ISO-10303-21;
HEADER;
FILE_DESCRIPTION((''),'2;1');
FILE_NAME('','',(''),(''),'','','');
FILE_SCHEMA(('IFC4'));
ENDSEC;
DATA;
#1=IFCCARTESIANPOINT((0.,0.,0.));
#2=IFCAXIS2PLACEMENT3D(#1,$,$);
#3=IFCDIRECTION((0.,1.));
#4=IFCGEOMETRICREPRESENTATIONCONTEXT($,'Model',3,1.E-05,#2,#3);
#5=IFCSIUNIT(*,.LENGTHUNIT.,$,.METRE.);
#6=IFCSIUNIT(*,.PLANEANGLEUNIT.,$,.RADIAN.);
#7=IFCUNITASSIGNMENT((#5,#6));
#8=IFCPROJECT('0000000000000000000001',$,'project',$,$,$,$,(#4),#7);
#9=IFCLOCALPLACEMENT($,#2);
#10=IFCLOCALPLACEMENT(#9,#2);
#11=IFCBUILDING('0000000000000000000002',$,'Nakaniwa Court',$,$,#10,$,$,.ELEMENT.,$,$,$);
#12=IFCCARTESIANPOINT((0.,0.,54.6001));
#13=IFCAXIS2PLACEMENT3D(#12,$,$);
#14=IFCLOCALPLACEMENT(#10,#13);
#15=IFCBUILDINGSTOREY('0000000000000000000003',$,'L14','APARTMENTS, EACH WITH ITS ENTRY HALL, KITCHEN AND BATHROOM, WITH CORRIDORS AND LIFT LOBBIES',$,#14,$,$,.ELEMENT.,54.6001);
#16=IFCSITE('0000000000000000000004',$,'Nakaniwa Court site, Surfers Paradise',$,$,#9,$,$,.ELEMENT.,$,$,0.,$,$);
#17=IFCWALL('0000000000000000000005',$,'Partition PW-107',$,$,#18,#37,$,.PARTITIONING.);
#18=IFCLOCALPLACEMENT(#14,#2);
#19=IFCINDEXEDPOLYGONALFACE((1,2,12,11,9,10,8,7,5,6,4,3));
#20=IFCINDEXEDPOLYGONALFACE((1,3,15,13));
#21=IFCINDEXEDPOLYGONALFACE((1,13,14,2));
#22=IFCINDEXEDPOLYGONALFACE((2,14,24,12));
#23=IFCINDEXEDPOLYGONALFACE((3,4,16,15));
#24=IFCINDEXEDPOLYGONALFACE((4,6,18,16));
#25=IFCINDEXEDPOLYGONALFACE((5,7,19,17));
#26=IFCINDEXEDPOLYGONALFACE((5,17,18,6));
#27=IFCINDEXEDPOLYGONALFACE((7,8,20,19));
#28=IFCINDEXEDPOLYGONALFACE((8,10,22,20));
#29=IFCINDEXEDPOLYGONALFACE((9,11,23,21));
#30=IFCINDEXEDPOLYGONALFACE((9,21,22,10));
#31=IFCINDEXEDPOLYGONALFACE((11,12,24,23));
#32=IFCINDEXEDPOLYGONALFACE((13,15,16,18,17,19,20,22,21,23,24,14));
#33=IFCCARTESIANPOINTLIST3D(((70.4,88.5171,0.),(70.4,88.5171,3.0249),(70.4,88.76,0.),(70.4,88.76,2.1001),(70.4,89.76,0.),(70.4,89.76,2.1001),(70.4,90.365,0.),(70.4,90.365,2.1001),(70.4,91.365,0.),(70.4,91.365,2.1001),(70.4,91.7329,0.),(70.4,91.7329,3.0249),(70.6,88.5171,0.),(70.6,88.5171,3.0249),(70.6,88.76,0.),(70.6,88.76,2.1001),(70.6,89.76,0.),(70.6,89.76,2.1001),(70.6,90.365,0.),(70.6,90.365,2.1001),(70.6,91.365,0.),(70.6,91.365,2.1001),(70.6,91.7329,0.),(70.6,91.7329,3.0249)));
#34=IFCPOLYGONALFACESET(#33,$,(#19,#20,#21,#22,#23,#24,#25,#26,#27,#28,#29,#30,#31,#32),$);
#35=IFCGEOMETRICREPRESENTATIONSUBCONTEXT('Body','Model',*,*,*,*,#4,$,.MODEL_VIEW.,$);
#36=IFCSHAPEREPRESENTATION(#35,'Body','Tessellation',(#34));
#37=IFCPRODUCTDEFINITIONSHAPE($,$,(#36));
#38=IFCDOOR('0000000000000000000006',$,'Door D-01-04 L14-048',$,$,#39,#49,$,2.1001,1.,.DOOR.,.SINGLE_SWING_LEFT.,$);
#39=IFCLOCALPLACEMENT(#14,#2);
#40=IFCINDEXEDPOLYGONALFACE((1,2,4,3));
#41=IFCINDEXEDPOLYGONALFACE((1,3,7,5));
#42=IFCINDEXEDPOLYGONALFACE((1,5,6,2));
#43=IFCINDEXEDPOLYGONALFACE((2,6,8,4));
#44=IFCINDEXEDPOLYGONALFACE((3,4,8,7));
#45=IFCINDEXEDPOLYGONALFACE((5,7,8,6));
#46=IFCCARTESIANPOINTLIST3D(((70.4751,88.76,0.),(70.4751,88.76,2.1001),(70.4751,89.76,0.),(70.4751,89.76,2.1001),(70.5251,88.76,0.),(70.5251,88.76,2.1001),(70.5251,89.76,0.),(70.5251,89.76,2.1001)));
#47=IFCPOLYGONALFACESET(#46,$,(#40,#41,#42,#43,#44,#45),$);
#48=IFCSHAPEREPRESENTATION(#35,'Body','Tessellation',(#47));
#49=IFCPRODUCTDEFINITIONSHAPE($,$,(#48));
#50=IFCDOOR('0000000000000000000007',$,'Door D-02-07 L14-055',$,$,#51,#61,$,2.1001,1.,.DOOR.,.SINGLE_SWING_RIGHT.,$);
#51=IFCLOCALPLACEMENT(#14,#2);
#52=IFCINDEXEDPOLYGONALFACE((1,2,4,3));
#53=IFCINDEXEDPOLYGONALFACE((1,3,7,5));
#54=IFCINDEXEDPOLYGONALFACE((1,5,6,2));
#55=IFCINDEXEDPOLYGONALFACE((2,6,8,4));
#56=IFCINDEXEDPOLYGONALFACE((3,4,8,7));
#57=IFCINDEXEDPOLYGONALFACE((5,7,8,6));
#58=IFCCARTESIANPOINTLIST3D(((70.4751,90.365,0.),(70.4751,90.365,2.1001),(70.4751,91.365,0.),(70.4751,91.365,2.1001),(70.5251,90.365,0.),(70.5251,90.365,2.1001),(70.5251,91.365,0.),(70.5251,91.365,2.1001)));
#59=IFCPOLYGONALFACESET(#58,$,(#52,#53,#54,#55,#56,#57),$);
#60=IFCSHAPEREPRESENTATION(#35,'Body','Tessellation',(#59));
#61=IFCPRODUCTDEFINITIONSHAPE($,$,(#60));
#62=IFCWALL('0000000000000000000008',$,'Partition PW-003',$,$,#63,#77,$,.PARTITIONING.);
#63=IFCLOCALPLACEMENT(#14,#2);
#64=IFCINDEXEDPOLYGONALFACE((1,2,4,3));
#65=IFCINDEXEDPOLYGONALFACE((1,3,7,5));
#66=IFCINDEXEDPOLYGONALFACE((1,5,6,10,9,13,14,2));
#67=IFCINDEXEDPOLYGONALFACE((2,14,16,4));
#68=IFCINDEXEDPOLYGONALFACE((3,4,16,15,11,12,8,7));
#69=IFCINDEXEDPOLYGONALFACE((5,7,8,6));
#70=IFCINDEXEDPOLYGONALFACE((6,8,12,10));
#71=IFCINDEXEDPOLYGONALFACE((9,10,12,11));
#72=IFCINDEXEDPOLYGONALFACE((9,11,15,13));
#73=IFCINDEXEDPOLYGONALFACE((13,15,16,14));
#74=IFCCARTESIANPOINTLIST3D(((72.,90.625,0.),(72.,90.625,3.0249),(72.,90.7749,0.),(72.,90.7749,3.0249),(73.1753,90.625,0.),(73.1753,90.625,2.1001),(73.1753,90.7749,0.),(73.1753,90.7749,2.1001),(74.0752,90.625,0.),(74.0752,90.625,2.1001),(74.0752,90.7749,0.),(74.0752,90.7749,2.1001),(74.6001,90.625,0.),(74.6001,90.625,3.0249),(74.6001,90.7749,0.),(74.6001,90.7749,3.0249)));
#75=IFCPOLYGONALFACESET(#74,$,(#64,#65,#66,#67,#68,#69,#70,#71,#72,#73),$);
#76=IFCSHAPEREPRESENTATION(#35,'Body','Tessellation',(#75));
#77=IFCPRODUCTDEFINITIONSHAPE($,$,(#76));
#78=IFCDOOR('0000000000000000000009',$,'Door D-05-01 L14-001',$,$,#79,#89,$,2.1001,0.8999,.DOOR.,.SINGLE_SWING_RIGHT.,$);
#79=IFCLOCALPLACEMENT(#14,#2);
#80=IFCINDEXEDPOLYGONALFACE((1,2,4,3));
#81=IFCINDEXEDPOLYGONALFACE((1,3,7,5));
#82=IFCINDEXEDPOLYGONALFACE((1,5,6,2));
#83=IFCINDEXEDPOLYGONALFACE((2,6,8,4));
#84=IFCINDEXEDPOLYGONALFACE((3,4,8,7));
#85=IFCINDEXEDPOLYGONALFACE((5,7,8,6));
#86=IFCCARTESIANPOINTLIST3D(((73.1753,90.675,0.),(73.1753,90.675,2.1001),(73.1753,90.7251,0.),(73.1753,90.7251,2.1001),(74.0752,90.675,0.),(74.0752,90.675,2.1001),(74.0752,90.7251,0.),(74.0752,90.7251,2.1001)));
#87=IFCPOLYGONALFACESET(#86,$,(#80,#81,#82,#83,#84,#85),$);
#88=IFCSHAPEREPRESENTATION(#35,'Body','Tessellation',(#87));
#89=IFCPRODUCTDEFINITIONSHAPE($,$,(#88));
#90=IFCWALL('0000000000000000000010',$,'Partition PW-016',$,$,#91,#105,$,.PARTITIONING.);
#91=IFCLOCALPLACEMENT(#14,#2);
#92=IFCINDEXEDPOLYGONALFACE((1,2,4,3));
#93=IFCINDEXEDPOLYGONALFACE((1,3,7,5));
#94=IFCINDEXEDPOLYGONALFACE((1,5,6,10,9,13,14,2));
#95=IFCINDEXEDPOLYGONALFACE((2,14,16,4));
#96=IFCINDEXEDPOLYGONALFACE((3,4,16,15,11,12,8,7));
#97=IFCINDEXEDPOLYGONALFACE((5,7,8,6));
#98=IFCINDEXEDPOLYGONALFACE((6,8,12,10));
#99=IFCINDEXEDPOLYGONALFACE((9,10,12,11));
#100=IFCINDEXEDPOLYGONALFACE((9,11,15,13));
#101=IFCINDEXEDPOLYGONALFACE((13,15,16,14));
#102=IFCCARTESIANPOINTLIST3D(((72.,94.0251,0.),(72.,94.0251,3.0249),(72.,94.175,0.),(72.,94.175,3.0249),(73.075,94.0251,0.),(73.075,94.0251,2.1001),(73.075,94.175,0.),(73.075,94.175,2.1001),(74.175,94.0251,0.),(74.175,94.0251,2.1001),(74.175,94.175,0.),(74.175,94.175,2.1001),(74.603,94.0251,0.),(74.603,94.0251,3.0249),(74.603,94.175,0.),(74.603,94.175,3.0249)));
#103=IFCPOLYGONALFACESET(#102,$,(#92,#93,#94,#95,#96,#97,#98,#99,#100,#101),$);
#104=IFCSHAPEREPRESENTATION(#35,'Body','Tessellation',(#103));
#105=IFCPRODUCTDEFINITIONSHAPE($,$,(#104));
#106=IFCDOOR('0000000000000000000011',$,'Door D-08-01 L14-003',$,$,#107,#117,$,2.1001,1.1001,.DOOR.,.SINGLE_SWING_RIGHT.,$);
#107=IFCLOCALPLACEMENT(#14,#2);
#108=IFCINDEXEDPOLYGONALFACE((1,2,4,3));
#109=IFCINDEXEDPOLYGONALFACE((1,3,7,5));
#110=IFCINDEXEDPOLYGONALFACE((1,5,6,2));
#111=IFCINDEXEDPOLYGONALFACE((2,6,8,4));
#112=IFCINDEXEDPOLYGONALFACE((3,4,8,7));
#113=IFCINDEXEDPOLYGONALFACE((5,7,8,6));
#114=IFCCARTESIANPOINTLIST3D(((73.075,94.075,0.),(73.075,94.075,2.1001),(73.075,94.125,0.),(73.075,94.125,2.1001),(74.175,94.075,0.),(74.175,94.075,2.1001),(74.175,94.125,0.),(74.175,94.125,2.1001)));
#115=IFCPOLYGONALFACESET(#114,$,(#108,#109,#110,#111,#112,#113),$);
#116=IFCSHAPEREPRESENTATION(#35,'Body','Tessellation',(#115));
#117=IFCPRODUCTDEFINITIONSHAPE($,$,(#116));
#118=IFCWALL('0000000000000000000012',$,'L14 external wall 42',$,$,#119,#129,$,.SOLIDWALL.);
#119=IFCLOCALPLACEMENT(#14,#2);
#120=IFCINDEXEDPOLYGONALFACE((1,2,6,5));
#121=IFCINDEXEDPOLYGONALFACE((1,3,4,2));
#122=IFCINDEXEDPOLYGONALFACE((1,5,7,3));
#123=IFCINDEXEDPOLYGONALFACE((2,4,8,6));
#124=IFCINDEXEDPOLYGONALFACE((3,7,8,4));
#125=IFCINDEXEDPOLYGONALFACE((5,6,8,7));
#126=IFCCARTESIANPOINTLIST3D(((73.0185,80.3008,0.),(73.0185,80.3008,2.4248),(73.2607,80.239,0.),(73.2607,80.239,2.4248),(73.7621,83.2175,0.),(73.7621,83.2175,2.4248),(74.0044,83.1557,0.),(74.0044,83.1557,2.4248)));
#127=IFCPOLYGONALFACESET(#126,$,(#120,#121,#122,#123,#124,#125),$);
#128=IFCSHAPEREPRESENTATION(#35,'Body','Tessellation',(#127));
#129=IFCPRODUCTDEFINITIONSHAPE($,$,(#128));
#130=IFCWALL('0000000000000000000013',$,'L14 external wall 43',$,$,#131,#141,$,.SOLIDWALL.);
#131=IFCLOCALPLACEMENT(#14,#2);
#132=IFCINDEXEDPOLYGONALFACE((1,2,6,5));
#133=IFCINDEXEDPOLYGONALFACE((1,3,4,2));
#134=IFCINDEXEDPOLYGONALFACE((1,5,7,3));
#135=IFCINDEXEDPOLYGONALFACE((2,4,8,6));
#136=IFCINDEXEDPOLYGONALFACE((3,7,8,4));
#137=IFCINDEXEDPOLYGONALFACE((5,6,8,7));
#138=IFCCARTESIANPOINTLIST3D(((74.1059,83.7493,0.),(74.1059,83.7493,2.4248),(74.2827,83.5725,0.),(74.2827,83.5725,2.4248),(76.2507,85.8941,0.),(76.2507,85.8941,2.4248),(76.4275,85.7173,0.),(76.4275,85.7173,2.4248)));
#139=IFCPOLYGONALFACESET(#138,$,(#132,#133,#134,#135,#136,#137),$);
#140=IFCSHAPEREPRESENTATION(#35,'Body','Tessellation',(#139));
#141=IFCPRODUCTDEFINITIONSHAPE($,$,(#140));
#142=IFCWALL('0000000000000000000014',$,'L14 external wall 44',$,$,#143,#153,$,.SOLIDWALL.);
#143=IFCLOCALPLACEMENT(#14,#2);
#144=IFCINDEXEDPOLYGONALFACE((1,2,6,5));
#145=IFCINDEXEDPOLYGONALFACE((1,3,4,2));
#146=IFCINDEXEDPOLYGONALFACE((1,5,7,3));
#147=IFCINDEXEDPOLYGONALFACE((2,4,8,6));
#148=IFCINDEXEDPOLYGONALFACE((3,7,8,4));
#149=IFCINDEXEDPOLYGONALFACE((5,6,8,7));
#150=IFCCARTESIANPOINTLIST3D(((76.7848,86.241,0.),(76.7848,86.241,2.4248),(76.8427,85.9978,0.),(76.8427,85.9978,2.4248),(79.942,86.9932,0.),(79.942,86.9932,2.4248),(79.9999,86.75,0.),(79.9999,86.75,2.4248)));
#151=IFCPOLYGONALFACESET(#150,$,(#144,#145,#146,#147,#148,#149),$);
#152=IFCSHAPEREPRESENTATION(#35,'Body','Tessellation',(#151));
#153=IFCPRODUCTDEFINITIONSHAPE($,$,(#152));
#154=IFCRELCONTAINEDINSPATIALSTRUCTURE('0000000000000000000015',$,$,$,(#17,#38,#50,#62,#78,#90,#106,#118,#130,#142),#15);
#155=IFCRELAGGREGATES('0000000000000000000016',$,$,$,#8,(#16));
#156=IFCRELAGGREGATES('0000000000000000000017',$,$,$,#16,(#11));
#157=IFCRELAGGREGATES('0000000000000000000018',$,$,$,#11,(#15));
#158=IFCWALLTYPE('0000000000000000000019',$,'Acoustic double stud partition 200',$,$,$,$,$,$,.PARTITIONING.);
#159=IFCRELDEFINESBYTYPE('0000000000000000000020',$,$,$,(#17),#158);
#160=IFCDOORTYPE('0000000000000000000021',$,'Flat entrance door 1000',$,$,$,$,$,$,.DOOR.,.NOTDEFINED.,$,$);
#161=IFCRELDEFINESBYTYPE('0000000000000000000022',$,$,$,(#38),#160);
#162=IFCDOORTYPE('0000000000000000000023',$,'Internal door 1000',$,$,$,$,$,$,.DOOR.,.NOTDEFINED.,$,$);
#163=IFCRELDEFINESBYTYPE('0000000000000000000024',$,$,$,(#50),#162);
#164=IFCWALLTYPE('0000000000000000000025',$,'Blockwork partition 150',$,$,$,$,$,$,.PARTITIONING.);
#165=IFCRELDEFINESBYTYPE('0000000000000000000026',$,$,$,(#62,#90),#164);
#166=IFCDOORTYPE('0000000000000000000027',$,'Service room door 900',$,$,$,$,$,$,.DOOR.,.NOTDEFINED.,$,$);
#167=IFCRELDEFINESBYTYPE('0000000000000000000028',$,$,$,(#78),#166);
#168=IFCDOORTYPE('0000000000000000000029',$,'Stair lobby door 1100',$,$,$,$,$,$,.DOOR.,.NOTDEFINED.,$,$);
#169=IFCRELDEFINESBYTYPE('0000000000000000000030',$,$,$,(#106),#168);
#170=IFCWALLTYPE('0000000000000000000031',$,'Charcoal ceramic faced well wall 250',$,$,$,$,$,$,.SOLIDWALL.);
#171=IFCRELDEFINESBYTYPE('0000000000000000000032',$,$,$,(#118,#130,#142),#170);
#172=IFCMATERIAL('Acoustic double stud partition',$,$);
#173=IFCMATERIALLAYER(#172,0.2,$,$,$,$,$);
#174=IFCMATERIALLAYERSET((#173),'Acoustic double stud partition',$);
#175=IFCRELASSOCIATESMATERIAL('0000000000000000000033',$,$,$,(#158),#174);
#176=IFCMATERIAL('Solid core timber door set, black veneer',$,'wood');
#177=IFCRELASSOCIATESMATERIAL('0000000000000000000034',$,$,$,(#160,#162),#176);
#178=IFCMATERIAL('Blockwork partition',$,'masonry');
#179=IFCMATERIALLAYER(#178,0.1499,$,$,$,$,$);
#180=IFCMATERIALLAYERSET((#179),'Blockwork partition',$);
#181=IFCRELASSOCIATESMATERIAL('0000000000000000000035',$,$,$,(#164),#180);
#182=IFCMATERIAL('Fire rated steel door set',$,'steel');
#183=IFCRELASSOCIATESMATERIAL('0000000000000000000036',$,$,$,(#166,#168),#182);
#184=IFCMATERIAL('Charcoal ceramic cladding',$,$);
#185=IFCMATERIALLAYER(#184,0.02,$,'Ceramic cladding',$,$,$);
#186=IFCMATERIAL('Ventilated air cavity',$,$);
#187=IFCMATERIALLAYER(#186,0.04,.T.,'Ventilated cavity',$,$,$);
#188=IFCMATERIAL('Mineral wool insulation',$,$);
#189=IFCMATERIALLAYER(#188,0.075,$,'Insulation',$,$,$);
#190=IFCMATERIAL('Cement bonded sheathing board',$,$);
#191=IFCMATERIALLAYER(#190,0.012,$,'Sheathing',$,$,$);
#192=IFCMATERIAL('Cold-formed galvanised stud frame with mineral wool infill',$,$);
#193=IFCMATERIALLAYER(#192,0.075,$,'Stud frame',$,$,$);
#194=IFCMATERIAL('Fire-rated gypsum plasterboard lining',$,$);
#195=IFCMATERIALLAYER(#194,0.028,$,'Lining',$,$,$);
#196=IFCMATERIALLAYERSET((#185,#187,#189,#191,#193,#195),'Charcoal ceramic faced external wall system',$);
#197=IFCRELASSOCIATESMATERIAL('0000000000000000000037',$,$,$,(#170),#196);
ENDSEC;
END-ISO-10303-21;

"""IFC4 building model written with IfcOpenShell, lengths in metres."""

from ifc_helpers import new_model, si_unit, direction, frame, frame_2d, origin, place, context, subcontext, project, spatial, rectangle, extrude, material, layer, layer_set, type_object, element, fill, save


model = new_model("IFC4")

# Units and contexts
model_context = context("Model", 3, precision=1e-05, world=origin(), true_north=direction((0.0, 1.0)))
body_context = subcontext(model_context, "Body", "Model", "MODEL_VIEW")
ifc_project = project(units=[si_unit("LENGTHUNIT", "METRE"), si_unit("PLANEANGLEUNIT", "RADIAN")], contexts=[model_context])

# Site, building, storey
site_placement = place(None, origin())
site = spatial("IfcSite", under=ifc_project, at=site_placement, Name="Nakaniwa Court site, Surfers Paradise", CompositionType="ELEMENT", RefElevation=0.0)
building_placement = place(site_placement, origin())
building = spatial("IfcBuilding", under=site, at=building_placement, Name="Nakaniwa Court", CompositionType="ELEMENT")
storey_placement = place(building_placement, frame((0.0, 0.0, 54.6001)))
storey = spatial("IfcBuildingStorey", under=building, at=storey_placement, Name="L14", Description="APARTMENTS, EACH WITH ITS ENTRY HALL, KITCHEN AND BATHROOM, WITH CORRIDORS AND LIFT LOBBIES", CompositionType="ELEMENT", Elevation=54.6001)

# Shared definitions
ifc_material_1 = material(Name="Acoustic double stud partition")
ifc_layer_1 = layer(ifc_material_1, 0.2)
ifc_layer_set_1 = layer_set([ifc_layer_1], Name="Acoustic double stud partition")
wall_type_1 = type_object("IfcWallType", Name="Acoustic double stud partition 200", PredefinedType="PARTITIONING", material=ifc_layer_set_1)

# Wall, openings, doors
wall_1_placement = place(storey_placement, frame((70.5, 88.5171, 0.0), z_axis=(0.0, 0.0, 1.0), x_axis=(0.0, 1.0, 0.0)))
wall_1 = element("IfcWall", 1, at=wall_1_placement, inside=storey, type_object=wall_type_1, Name="Partition PW-107", PredefinedType="PARTITIONING", context=body_context, shape_type="SweptSolid", body=[
    extrude(rectangle(XDim=3.2158, YDim=0.2, at=frame_2d((1.6079, 0.0))), origin(), (0.0, 0.0, 1.0), 3.0249),
])
opening_1_placement = place(wall_1_placement, frame((0.2429, 0.0, 0.0)))
opening_1 = element("IfcOpeningElement", 2, at=opening_1_placement, cuts=wall_1, PredefinedType="OPENING", context=body_context, shape_type="SweptSolid", body=[
    extrude(rectangle(XDim=1.0, YDim=2.1001, at=frame_2d((0.5, 1.05))), frame((0.0, 0.1099, 0.0), z_axis=(0.0, -1.0, 0.0), x_axis=(1.0, 0.0, 0.0)), (0.0, 0.0, 1.0), 0.22),
])
opening_2_placement = place(wall_1_placement, frame((1.8479, 0.0, 0.0)))
opening_2 = element("IfcOpeningElement", 3, at=opening_2_placement, cuts=wall_1, PredefinedType="OPENING", context=body_context, shape_type="SweptSolid", body=[
    extrude(rectangle(XDim=1.0, YDim=2.1001, at=frame_2d((0.5, 1.05))), frame((0.0, 0.1099, 0.0), z_axis=(0.0, -1.0, 0.0), x_axis=(1.0, 0.0, 0.0)), (0.0, 0.0, 1.0), 0.22),
])
ifc_material_2 = material(Name="Solid core timber door set, black veneer", Category="wood")
door_type_1 = type_object("IfcDoorType", Name="Flat entrance door 1000", OperationType="NOTDEFINED", PredefinedType="DOOR", material=ifc_material_2)
door_1_placement = place(opening_1_placement, origin())
door_1 = element("IfcDoor", 4, at=door_1_placement, inside=storey, type_object=door_type_1, Name="Door D-01-04 L14-048", OperationType="SINGLE_SWING_LEFT", OverallHeight=2.1001, OverallWidth=1.0, PredefinedType="DOOR", context=body_context, shape_type="SweptSolid", body=[
    extrude(rectangle(XDim=1.0, YDim=2.1001, at=frame_2d((0.5, 1.05))), frame((0.0, 0.0249, 0.0), z_axis=(0.0, -1.0, 0.0), x_axis=(1.0, 0.0, 0.0)), (0.0, 0.0, 1.0), 0.05),
])
fill(opening_1, door_1)
door_type_2 = type_object("IfcDoorType", Name="Internal door 1000", OperationType="NOTDEFINED", PredefinedType="DOOR", material=ifc_material_2)
door_2_placement = place(opening_2_placement, origin())
door_2 = element("IfcDoor", 5, at=door_2_placement, inside=storey, type_object=door_type_2, Name="Door D-02-07 L14-055", OperationType="SINGLE_SWING_RIGHT", OverallHeight=2.1001, OverallWidth=1.0, PredefinedType="DOOR", context=body_context, shape_type="SweptSolid", body=[
    extrude(rectangle(XDim=1.0, YDim=2.1001, at=frame_2d((0.5, 1.05))), frame((0.0, 0.0249, 0.0), z_axis=(0.0, -1.0, 0.0), x_axis=(1.0, 0.0, 0.0)), (0.0, 0.0, 1.0), 0.05),
])
fill(opening_2, door_2)

# Walls, openings, doors
ifc_material_3 = material(Name="Blockwork partition", Category="masonry")
ifc_layer_2 = layer(ifc_material_3, 0.1499)
ifc_layer_set_2 = layer_set([ifc_layer_2], Name="Blockwork partition")
wall_type_2 = type_object("IfcWallType", Name="Blockwork partition 150", PredefinedType="PARTITIONING", material=ifc_layer_set_2)
wall_2_placement = place(storey_placement, frame((74.6001, 90.7, 0.0), z_axis=(0.0, 0.0, 1.0), x_axis=(-1.0, 0.0, 0.0)))
wall_2 = element("IfcWall", 6, at=wall_2_placement, inside=storey, type_object=wall_type_2, Name="Partition PW-003", PredefinedType="PARTITIONING", context=body_context, shape_type="SweptSolid", body=[
    extrude(rectangle(XDim=2.6001, YDim=0.1499, at=frame_2d((1.3, 0.0))), origin(), (0.0, 0.0, 1.0), 3.0249),
])
opening_3_placement = place(wall_2_placement, frame((0.5249, 0.0, 0.0)))
opening_3 = element("IfcOpeningElement", 7, at=opening_3_placement, cuts=wall_2, PredefinedType="OPENING", context=body_context, shape_type="SweptSolid", body=[
    extrude(rectangle(XDim=0.8999, YDim=2.1001, at=frame_2d((0.45, 1.05))), frame((0.0, 0.085, 0.0), z_axis=(0.0, -1.0, 0.0), x_axis=(1.0, 0.0, 0.0)), (0.0, 0.0, 1.0), 0.1699),
])
ifc_material_4 = material(Name="Fire rated steel door set", Category="steel")
door_type_3 = type_object("IfcDoorType", Name="Service room door 900", OperationType="NOTDEFINED", PredefinedType="DOOR", material=ifc_material_4)
door_3_placement = place(opening_3_placement, origin())
door_3 = element("IfcDoor", 8, at=door_3_placement, inside=storey, type_object=door_type_3, Name="Door D-05-01 L14-001", OperationType="SINGLE_SWING_RIGHT", OverallHeight=2.1001, OverallWidth=0.8999, PredefinedType="DOOR", context=body_context, shape_type="SweptSolid", body=[
    extrude(rectangle(XDim=0.8999, YDim=2.1001, at=frame_2d((0.45, 1.05))), frame((0.0, 0.0249, 0.0), z_axis=(0.0, -1.0, 0.0), x_axis=(1.0, 0.0, 0.0)), (0.0, 0.0, 1.0), 0.05),
])
fill(opening_3, door_3)
wall_3_placement = place(storey_placement, frame((72.0, 94.1001, 0.0), z_axis=(0.0, 0.0, 1.0), x_axis=(1.0, 0.0, 0.0)))
wall_3 = element("IfcWall", 9, at=wall_3_placement, inside=storey, type_object=wall_type_2, Name="Partition PW-016", PredefinedType="PARTITIONING", context=body_context, shape_type="SweptSolid", body=[
    extrude(rectangle(XDim=2.603, YDim=0.1499, at=frame_2d((1.3015, 0.0))), origin(), (0.0, 0.0, 1.0), 3.0249),
])
opening_4_placement = place(wall_3_placement, frame((1.075, 0.0, 0.0)))
opening_4 = element("IfcOpeningElement", 10, at=opening_4_placement, cuts=wall_3, PredefinedType="OPENING", context=body_context, shape_type="SweptSolid", body=[
    extrude(rectangle(XDim=1.1001, YDim=2.1001, at=frame_2d((0.55, 1.05))), frame((0.0, 0.085, 0.0), z_axis=(0.0, -1.0, 0.0), x_axis=(1.0, 0.0, 0.0)), (0.0, 0.0, 1.0), 0.1699),
])
door_type_4 = type_object("IfcDoorType", Name="Stair lobby door 1100", OperationType="NOTDEFINED", PredefinedType="DOOR", material=ifc_material_4)
door_4_placement = place(opening_4_placement, origin())
door_4 = element("IfcDoor", 11, at=door_4_placement, inside=storey, type_object=door_type_4, Name="Door D-08-01 L14-003", OperationType="SINGLE_SWING_RIGHT", OverallHeight=2.1001, OverallWidth=1.1001, PredefinedType="DOOR", context=body_context, shape_type="SweptSolid", body=[
    extrude(rectangle(XDim=1.1001, YDim=2.1001, at=frame_2d((0.55, 1.05))), frame((0.0, 0.0249, 0.0), z_axis=(0.0, -1.0, 0.0), x_axis=(1.0, 0.0, 0.0)), (0.0, 0.0, 1.0), 0.05),
])
fill(opening_4, door_4)

# Walls
ifc_material_5 = material(Name="Charcoal ceramic cladding")
ifc_layer_3 = layer(ifc_material_5, 0.02, Name="Ceramic cladding")
ifc_material_6 = material(Name="Ventilated air cavity")
ifc_layer_4 = layer(ifc_material_6, 0.04, ventilated=True, Name="Ventilated cavity")
ifc_material_7 = material(Name="Mineral wool insulation")
ifc_layer_5 = layer(ifc_material_7, 0.075, Name="Insulation")
ifc_material_8 = material(Name="Cement bonded sheathing board")
ifc_layer_6 = layer(ifc_material_8, 0.012, Name="Sheathing")
ifc_material_9 = material(Name="Cold-formed galvanised stud frame with mineral wool infill")
ifc_layer_7 = layer(ifc_material_9, 0.075, Name="Stud frame")
ifc_material_10 = material(Name="Fire-rated gypsum plasterboard lining")
ifc_layer_8 = layer(ifc_material_10, 0.028, Name="Lining")
ifc_layer_set_3 = layer_set([ifc_layer_3, ifc_layer_4, ifc_layer_5, ifc_layer_6, ifc_layer_7, ifc_layer_8], Name="Charcoal ceramic faced external wall system")
wall_type_3 = type_object("IfcWallType", Name="Charcoal ceramic faced well wall 250", PredefinedType="SOLIDWALL", material=ifc_layer_set_3)
wall_4_placement = place(storey_placement, frame((73.1396, 80.27, 0.0), z_axis=(0.0, 0.0, 1.0), x_axis=(0.247056, 0.969001, 0.0)))
element("IfcWall", 12, at=wall_4_placement, inside=storey, type_object=wall_type_3, Name="L14 external wall 42", PredefinedType="SOLIDWALL", context=body_context, shape_type="SweptSolid", body=[
    extrude(rectangle(XDim=3.01, YDim=0.25, at=frame_2d((1.5049, 0.0))), origin(), (0.0, 0.0, 1.0), 2.4248),
])
wall_5_placement = place(storey_placement, frame((74.1943, 83.6609, 0.0), z_axis=(0.0, 0.0, 1.0), x_axis=(0.707107, 0.707107, 0.0)))
element("IfcWall", 13, at=wall_5_placement, inside=storey, type_object=wall_type_3, Name="L14 external wall 43", PredefinedType="SOLIDWALL", context=body_context, shape_type="SweptSolid", body=[
    extrude(rectangle(XDim=3.0332, YDim=0.25, at=frame_2d((1.5166, 0.0))), origin(), (0.0, 0.0, 1.0), 2.4248),
])
wall_6_placement = place(storey_placement, frame((76.8137, 86.1194, 0.0), z_axis=(0.0, 0.0, 1.0), x_axis=(0.972773, 0.23176, 0.0)))
element("IfcWall", 14, at=wall_6_placement, inside=storey, type_object=wall_type_3, Name="L14 external wall 44", PredefinedType="SOLIDWALL", context=body_context, shape_type="SweptSolid", body=[
    extrude(rectangle(XDim=3.2456, YDim=0.25, at=frame_2d((1.6228, 0.0))), origin(), (0.0, 0.0, 1.0), 2.4248),
])

save(model, "model.ifc")
